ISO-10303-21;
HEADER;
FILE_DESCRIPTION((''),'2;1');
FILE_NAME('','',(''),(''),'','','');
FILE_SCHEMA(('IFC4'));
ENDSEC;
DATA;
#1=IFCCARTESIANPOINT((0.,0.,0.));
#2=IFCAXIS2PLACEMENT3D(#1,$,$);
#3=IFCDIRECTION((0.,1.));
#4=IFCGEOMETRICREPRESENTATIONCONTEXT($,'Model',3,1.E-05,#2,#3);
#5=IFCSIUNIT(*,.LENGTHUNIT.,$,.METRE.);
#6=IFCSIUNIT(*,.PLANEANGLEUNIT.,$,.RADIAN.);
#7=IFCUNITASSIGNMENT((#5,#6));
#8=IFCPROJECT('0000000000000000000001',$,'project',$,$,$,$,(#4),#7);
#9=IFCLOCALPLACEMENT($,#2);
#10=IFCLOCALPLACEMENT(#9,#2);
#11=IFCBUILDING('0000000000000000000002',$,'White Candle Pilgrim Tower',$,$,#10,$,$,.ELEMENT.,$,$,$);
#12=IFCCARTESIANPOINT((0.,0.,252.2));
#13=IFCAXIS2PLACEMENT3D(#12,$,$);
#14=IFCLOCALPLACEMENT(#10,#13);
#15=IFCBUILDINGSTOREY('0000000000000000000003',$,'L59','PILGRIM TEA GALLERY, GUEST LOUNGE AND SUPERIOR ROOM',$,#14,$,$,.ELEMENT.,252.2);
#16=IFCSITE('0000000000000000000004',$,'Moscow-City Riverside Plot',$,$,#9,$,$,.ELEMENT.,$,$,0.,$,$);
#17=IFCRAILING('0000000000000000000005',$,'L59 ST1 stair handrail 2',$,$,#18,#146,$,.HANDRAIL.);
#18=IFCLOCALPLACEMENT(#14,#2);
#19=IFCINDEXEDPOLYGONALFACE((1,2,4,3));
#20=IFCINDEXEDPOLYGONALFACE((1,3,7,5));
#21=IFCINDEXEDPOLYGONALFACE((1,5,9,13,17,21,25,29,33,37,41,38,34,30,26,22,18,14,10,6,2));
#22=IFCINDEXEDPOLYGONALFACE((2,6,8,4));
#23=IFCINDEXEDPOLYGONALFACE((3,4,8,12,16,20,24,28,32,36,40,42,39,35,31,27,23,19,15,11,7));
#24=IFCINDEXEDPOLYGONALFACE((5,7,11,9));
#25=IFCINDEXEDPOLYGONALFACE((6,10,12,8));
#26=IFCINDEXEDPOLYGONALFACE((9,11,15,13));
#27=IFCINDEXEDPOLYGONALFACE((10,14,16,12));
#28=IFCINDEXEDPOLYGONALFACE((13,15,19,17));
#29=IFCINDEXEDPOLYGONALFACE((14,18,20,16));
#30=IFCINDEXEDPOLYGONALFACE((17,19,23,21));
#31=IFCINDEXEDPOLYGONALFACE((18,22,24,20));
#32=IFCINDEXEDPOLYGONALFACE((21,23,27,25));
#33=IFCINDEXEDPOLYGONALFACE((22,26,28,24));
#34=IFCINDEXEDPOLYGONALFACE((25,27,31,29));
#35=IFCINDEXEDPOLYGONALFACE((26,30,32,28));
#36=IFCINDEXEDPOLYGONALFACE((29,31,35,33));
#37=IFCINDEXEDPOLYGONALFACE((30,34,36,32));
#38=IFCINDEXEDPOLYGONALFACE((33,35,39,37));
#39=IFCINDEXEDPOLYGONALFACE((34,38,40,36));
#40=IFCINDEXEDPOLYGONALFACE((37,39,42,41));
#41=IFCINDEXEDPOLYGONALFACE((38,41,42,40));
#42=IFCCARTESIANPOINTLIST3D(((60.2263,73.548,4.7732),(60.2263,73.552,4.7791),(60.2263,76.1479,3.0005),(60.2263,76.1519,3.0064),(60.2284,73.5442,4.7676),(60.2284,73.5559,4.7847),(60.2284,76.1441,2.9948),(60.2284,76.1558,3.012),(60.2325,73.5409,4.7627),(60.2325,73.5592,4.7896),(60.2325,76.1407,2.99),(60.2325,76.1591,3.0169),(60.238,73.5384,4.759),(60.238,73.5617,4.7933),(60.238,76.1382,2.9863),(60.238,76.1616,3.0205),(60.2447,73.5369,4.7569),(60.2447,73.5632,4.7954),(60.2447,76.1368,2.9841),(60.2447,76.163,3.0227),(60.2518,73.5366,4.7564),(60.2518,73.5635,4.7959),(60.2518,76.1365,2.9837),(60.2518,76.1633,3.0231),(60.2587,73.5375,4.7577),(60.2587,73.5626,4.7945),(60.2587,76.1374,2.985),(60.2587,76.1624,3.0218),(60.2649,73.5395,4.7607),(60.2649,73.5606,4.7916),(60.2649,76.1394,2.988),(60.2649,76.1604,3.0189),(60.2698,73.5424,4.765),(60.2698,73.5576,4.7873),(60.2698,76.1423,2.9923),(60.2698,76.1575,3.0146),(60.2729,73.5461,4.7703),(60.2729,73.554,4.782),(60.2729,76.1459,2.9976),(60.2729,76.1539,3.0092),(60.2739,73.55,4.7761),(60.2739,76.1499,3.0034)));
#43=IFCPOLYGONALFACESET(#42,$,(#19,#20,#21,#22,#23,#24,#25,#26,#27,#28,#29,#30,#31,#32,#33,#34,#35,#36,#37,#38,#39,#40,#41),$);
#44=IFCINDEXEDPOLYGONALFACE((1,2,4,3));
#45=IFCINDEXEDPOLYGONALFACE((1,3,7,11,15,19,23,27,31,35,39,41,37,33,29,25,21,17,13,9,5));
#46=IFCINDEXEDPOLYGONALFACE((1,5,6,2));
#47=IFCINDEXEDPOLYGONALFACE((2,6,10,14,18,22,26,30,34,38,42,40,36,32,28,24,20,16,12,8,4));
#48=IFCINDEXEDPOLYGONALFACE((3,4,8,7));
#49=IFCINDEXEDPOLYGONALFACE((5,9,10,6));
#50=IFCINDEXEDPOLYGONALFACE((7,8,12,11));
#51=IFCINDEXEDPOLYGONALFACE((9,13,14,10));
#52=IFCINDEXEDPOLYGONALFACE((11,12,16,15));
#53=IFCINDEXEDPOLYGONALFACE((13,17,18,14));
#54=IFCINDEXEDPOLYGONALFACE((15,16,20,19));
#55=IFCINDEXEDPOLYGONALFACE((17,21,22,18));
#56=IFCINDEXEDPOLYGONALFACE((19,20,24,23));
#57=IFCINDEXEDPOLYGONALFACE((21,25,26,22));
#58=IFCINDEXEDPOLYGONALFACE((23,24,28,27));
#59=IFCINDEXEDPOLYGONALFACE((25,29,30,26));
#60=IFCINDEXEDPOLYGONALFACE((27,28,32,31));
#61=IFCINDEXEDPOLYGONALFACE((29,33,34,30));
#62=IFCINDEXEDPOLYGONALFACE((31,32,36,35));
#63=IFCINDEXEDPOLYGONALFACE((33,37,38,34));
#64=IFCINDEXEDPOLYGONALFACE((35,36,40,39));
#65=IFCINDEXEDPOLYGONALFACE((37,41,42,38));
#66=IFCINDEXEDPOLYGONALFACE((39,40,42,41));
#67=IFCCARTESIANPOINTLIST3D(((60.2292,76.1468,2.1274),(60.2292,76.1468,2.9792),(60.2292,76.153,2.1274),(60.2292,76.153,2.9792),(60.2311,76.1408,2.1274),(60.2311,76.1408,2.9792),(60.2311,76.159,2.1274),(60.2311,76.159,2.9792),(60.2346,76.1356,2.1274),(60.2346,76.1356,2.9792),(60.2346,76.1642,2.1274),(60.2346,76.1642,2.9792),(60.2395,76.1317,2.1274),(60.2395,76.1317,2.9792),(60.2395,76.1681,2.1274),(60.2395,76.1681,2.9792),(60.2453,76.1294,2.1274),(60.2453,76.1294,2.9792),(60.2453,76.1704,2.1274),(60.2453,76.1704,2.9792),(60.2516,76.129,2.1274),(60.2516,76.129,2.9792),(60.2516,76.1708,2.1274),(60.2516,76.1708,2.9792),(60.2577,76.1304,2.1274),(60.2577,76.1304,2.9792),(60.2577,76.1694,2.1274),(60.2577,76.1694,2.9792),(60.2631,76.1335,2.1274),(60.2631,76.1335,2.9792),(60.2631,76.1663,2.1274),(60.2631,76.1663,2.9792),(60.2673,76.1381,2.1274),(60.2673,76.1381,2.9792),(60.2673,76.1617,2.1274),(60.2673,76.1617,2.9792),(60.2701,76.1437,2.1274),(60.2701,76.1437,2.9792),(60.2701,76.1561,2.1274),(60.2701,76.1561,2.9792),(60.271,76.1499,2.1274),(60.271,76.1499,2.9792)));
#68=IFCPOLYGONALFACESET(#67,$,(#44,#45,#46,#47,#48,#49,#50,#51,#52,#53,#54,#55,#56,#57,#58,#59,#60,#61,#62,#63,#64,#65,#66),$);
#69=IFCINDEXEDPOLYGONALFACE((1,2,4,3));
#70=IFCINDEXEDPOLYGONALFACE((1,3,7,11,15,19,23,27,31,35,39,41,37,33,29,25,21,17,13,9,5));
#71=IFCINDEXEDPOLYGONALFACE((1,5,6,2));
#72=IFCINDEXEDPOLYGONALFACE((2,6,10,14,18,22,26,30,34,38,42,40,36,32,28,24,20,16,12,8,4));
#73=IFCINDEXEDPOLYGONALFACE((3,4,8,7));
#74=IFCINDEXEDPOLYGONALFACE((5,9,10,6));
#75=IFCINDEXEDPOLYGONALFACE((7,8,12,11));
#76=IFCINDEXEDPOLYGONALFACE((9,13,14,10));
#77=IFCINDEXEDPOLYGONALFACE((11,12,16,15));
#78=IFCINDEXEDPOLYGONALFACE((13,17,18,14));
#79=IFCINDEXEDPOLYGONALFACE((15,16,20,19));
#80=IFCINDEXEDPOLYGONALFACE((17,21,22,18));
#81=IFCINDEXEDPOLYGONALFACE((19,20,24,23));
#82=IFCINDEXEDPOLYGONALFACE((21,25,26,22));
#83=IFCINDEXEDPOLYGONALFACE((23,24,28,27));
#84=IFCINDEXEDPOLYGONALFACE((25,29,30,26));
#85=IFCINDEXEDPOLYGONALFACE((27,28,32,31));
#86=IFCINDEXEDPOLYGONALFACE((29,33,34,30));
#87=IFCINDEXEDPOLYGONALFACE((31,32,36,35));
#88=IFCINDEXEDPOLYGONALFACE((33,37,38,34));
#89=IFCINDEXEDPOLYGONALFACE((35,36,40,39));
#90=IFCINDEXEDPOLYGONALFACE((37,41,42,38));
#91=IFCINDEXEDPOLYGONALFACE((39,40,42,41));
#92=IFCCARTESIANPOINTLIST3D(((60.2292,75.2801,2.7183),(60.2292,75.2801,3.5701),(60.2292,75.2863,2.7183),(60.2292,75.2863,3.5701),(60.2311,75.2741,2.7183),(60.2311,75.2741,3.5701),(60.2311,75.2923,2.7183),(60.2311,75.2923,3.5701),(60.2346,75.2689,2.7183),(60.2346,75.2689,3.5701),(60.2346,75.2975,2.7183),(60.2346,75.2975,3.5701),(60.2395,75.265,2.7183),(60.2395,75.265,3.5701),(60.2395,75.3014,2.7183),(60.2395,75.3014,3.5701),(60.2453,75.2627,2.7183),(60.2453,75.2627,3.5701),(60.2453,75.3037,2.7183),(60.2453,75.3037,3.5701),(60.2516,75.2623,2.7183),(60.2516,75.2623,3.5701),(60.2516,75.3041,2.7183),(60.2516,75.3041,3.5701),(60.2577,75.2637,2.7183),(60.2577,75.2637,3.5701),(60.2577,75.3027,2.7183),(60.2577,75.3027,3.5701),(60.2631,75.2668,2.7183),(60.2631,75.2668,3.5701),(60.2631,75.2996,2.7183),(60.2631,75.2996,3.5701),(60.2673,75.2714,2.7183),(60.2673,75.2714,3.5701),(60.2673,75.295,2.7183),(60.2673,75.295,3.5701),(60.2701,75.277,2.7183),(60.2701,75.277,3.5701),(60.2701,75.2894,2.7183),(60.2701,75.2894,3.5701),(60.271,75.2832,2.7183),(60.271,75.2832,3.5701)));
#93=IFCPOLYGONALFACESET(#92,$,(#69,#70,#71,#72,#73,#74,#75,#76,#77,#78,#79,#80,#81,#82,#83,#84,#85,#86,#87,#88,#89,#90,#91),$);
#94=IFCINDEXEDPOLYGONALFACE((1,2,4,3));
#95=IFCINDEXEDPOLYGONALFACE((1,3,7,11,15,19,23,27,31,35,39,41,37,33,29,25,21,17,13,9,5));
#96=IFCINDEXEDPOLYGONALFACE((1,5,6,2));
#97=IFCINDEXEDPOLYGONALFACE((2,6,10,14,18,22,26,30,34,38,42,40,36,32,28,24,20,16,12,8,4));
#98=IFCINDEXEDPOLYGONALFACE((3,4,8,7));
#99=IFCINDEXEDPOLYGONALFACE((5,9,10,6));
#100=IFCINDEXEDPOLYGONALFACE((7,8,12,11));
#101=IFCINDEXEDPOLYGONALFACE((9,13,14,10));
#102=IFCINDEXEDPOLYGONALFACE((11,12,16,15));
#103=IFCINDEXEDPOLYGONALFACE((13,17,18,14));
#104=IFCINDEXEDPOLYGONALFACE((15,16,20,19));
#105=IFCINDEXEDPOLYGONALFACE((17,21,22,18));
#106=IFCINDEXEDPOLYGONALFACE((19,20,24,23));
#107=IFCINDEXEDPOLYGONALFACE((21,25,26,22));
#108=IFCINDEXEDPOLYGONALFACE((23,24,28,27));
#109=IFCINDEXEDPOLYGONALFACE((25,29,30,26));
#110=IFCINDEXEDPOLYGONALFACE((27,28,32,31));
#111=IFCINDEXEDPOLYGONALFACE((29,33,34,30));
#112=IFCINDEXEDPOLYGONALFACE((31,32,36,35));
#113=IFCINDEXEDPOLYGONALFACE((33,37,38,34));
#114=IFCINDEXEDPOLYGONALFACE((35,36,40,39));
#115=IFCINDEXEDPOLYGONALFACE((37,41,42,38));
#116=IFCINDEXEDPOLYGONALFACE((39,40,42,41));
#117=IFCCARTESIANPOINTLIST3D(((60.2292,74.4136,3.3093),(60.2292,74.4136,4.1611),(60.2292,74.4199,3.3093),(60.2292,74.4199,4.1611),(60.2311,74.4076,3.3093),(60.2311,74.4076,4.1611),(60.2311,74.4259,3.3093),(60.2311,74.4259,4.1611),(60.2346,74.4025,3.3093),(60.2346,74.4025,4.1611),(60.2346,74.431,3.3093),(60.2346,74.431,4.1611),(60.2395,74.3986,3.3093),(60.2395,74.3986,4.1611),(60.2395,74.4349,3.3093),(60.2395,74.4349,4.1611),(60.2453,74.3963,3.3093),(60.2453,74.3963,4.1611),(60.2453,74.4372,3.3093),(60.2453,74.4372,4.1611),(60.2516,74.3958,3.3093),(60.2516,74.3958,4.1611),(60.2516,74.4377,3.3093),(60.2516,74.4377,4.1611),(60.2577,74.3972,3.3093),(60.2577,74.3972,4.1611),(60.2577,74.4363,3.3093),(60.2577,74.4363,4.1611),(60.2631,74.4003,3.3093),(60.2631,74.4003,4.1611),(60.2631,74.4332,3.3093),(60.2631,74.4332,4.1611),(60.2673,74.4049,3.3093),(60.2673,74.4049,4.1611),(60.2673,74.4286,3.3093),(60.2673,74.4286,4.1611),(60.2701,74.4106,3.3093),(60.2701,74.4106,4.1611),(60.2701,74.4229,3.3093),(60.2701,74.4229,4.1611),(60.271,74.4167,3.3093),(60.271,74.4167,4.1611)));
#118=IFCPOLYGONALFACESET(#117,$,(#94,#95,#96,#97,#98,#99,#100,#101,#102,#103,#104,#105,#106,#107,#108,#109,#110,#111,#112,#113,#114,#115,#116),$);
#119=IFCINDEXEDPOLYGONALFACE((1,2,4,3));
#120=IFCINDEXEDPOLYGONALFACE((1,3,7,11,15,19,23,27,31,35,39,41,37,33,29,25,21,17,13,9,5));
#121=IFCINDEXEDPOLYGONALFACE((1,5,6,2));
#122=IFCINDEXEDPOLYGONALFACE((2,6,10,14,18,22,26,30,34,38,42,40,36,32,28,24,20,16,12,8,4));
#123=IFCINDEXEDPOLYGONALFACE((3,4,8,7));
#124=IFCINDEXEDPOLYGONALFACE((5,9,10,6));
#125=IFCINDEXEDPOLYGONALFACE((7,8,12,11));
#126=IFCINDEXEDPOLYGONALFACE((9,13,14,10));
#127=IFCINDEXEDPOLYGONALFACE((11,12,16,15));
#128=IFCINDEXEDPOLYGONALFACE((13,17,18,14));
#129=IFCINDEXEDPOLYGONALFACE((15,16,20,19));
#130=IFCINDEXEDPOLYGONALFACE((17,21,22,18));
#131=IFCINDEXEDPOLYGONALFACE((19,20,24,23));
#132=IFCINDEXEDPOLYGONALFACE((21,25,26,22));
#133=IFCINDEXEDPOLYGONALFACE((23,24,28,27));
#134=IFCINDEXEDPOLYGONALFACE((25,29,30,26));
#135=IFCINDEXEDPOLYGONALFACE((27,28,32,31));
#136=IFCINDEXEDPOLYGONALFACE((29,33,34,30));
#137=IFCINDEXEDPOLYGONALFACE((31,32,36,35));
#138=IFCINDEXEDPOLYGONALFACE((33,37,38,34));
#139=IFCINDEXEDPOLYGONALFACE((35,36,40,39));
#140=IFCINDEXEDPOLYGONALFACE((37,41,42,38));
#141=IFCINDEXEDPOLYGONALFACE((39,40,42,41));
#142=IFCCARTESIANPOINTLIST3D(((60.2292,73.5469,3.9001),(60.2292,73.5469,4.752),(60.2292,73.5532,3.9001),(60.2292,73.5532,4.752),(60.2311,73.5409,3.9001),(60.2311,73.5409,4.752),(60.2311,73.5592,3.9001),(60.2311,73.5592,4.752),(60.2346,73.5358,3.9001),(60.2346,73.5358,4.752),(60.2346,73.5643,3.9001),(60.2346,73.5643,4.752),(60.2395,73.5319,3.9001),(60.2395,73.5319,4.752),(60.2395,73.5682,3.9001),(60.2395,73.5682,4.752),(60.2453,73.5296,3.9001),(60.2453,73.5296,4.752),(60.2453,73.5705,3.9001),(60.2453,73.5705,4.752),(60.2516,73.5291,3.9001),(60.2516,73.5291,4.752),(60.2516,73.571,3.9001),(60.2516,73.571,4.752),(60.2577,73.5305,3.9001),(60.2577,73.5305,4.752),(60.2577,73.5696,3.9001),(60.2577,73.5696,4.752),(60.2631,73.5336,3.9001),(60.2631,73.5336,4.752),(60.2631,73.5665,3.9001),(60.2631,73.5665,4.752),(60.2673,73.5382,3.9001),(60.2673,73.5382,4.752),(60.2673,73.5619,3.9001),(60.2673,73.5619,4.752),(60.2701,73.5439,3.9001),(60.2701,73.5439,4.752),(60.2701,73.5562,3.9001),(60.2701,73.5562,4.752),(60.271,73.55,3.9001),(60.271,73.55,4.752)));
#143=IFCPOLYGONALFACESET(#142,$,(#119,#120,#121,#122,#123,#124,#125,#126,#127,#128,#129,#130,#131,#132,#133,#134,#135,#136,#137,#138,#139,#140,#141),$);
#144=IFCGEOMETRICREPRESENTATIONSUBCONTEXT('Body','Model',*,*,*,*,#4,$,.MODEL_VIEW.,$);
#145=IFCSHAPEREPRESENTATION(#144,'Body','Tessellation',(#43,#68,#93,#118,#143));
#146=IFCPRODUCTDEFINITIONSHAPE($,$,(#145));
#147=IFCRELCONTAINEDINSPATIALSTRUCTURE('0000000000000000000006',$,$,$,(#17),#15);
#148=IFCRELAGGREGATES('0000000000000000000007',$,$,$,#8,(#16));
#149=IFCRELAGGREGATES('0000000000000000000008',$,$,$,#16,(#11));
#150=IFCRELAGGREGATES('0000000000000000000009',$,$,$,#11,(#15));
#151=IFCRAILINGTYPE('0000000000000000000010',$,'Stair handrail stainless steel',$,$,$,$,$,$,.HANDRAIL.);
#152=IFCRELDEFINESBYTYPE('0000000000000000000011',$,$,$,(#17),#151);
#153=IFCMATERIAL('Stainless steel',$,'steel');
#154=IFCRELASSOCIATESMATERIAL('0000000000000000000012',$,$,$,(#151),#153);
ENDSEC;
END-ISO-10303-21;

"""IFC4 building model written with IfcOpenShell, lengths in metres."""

from ifc_helpers import new_model, si_unit, direction, frame, origin, origin_2d, place, context, subcontext, project, spatial, circle, extrude, material, type_object, element, save


model = new_model("IFC4")

# Units and contexts
model_context = context("Model", 3, precision=1e-05, world=origin(), true_north=direction((0.0, 1.0)))
body_context = subcontext(model_context, "Body", "Model", "MODEL_VIEW")
ifc_project = project(units=[si_unit("LENGTHUNIT", "METRE"), si_unit("PLANEANGLEUNIT", "RADIAN")], contexts=[model_context])

# Site, building, storey
site_placement = place(None, origin())
site = spatial("IfcSite", under=ifc_project, at=site_placement, Name="Moscow-City Riverside Plot", CompositionType="ELEMENT", RefElevation=0.0)
building_placement = place(site_placement, origin())
building = spatial("IfcBuilding", under=site, at=building_placement, Name="White Candle Pilgrim Tower", CompositionType="ELEMENT")
storey_placement = place(building_placement, frame((0.0, 0.0, 252.2)))
storey = spatial("IfcBuildingStorey", under=building, at=storey_placement, Name="L59", Description="PILGRIM TEA GALLERY, GUEST LOUNGE AND SUPERIOR ROOM", CompositionType="ELEMENT", Elevation=252.2)

# Shared definitions
ifc_material_1 = material(Name="Stainless steel", Category="steel")

# Railing
railing_type_1 = type_object("IfcRailingType", Name="Stair handrail stainless steel", PredefinedType="HANDRAIL", material=ifc_material_1)
railing_1_placement = place(storey_placement, frame((60.25, 76.1499, 2.1274)))
element("IfcRailing", 1, at=railing_1_placement, inside=storey, type_object=railing_type_1, Name="L59 ST1 stair handrail 2", PredefinedType="HANDRAIL", context=body_context, shape_type="SweptSolid", body=[
    extrude(circle(Radius=0.0239, at=origin_2d()), frame((0.0, 0.0, 0.876), z_axis=(0.0, -0.826216, 0.563354), x_axis=(1.0, 0.0, 0.0)), (0.0, 0.0, 1.0), 3.1467),
    extrude(circle(Radius=0.021, at=origin_2d()), origin(), (0.0, 0.0, 1.0), 0.8518),
    extrude(circle(Radius=0.021, at=origin_2d()), frame((0.0, -0.8667, 0.5908)), (0.0, 0.0, 1.0), 0.8518),
    extrude(circle(Radius=0.021, at=origin_2d()), frame((0.0, -1.7332, 1.1819)), (0.0, 0.0, 1.0), 0.8518),
    extrude(circle(Radius=0.021, at=origin_2d()), frame((0.0, -2.5999, 1.7727)), (0.0, 0.0, 1.0), 0.8518),
])

save(model, "model.ifc")
